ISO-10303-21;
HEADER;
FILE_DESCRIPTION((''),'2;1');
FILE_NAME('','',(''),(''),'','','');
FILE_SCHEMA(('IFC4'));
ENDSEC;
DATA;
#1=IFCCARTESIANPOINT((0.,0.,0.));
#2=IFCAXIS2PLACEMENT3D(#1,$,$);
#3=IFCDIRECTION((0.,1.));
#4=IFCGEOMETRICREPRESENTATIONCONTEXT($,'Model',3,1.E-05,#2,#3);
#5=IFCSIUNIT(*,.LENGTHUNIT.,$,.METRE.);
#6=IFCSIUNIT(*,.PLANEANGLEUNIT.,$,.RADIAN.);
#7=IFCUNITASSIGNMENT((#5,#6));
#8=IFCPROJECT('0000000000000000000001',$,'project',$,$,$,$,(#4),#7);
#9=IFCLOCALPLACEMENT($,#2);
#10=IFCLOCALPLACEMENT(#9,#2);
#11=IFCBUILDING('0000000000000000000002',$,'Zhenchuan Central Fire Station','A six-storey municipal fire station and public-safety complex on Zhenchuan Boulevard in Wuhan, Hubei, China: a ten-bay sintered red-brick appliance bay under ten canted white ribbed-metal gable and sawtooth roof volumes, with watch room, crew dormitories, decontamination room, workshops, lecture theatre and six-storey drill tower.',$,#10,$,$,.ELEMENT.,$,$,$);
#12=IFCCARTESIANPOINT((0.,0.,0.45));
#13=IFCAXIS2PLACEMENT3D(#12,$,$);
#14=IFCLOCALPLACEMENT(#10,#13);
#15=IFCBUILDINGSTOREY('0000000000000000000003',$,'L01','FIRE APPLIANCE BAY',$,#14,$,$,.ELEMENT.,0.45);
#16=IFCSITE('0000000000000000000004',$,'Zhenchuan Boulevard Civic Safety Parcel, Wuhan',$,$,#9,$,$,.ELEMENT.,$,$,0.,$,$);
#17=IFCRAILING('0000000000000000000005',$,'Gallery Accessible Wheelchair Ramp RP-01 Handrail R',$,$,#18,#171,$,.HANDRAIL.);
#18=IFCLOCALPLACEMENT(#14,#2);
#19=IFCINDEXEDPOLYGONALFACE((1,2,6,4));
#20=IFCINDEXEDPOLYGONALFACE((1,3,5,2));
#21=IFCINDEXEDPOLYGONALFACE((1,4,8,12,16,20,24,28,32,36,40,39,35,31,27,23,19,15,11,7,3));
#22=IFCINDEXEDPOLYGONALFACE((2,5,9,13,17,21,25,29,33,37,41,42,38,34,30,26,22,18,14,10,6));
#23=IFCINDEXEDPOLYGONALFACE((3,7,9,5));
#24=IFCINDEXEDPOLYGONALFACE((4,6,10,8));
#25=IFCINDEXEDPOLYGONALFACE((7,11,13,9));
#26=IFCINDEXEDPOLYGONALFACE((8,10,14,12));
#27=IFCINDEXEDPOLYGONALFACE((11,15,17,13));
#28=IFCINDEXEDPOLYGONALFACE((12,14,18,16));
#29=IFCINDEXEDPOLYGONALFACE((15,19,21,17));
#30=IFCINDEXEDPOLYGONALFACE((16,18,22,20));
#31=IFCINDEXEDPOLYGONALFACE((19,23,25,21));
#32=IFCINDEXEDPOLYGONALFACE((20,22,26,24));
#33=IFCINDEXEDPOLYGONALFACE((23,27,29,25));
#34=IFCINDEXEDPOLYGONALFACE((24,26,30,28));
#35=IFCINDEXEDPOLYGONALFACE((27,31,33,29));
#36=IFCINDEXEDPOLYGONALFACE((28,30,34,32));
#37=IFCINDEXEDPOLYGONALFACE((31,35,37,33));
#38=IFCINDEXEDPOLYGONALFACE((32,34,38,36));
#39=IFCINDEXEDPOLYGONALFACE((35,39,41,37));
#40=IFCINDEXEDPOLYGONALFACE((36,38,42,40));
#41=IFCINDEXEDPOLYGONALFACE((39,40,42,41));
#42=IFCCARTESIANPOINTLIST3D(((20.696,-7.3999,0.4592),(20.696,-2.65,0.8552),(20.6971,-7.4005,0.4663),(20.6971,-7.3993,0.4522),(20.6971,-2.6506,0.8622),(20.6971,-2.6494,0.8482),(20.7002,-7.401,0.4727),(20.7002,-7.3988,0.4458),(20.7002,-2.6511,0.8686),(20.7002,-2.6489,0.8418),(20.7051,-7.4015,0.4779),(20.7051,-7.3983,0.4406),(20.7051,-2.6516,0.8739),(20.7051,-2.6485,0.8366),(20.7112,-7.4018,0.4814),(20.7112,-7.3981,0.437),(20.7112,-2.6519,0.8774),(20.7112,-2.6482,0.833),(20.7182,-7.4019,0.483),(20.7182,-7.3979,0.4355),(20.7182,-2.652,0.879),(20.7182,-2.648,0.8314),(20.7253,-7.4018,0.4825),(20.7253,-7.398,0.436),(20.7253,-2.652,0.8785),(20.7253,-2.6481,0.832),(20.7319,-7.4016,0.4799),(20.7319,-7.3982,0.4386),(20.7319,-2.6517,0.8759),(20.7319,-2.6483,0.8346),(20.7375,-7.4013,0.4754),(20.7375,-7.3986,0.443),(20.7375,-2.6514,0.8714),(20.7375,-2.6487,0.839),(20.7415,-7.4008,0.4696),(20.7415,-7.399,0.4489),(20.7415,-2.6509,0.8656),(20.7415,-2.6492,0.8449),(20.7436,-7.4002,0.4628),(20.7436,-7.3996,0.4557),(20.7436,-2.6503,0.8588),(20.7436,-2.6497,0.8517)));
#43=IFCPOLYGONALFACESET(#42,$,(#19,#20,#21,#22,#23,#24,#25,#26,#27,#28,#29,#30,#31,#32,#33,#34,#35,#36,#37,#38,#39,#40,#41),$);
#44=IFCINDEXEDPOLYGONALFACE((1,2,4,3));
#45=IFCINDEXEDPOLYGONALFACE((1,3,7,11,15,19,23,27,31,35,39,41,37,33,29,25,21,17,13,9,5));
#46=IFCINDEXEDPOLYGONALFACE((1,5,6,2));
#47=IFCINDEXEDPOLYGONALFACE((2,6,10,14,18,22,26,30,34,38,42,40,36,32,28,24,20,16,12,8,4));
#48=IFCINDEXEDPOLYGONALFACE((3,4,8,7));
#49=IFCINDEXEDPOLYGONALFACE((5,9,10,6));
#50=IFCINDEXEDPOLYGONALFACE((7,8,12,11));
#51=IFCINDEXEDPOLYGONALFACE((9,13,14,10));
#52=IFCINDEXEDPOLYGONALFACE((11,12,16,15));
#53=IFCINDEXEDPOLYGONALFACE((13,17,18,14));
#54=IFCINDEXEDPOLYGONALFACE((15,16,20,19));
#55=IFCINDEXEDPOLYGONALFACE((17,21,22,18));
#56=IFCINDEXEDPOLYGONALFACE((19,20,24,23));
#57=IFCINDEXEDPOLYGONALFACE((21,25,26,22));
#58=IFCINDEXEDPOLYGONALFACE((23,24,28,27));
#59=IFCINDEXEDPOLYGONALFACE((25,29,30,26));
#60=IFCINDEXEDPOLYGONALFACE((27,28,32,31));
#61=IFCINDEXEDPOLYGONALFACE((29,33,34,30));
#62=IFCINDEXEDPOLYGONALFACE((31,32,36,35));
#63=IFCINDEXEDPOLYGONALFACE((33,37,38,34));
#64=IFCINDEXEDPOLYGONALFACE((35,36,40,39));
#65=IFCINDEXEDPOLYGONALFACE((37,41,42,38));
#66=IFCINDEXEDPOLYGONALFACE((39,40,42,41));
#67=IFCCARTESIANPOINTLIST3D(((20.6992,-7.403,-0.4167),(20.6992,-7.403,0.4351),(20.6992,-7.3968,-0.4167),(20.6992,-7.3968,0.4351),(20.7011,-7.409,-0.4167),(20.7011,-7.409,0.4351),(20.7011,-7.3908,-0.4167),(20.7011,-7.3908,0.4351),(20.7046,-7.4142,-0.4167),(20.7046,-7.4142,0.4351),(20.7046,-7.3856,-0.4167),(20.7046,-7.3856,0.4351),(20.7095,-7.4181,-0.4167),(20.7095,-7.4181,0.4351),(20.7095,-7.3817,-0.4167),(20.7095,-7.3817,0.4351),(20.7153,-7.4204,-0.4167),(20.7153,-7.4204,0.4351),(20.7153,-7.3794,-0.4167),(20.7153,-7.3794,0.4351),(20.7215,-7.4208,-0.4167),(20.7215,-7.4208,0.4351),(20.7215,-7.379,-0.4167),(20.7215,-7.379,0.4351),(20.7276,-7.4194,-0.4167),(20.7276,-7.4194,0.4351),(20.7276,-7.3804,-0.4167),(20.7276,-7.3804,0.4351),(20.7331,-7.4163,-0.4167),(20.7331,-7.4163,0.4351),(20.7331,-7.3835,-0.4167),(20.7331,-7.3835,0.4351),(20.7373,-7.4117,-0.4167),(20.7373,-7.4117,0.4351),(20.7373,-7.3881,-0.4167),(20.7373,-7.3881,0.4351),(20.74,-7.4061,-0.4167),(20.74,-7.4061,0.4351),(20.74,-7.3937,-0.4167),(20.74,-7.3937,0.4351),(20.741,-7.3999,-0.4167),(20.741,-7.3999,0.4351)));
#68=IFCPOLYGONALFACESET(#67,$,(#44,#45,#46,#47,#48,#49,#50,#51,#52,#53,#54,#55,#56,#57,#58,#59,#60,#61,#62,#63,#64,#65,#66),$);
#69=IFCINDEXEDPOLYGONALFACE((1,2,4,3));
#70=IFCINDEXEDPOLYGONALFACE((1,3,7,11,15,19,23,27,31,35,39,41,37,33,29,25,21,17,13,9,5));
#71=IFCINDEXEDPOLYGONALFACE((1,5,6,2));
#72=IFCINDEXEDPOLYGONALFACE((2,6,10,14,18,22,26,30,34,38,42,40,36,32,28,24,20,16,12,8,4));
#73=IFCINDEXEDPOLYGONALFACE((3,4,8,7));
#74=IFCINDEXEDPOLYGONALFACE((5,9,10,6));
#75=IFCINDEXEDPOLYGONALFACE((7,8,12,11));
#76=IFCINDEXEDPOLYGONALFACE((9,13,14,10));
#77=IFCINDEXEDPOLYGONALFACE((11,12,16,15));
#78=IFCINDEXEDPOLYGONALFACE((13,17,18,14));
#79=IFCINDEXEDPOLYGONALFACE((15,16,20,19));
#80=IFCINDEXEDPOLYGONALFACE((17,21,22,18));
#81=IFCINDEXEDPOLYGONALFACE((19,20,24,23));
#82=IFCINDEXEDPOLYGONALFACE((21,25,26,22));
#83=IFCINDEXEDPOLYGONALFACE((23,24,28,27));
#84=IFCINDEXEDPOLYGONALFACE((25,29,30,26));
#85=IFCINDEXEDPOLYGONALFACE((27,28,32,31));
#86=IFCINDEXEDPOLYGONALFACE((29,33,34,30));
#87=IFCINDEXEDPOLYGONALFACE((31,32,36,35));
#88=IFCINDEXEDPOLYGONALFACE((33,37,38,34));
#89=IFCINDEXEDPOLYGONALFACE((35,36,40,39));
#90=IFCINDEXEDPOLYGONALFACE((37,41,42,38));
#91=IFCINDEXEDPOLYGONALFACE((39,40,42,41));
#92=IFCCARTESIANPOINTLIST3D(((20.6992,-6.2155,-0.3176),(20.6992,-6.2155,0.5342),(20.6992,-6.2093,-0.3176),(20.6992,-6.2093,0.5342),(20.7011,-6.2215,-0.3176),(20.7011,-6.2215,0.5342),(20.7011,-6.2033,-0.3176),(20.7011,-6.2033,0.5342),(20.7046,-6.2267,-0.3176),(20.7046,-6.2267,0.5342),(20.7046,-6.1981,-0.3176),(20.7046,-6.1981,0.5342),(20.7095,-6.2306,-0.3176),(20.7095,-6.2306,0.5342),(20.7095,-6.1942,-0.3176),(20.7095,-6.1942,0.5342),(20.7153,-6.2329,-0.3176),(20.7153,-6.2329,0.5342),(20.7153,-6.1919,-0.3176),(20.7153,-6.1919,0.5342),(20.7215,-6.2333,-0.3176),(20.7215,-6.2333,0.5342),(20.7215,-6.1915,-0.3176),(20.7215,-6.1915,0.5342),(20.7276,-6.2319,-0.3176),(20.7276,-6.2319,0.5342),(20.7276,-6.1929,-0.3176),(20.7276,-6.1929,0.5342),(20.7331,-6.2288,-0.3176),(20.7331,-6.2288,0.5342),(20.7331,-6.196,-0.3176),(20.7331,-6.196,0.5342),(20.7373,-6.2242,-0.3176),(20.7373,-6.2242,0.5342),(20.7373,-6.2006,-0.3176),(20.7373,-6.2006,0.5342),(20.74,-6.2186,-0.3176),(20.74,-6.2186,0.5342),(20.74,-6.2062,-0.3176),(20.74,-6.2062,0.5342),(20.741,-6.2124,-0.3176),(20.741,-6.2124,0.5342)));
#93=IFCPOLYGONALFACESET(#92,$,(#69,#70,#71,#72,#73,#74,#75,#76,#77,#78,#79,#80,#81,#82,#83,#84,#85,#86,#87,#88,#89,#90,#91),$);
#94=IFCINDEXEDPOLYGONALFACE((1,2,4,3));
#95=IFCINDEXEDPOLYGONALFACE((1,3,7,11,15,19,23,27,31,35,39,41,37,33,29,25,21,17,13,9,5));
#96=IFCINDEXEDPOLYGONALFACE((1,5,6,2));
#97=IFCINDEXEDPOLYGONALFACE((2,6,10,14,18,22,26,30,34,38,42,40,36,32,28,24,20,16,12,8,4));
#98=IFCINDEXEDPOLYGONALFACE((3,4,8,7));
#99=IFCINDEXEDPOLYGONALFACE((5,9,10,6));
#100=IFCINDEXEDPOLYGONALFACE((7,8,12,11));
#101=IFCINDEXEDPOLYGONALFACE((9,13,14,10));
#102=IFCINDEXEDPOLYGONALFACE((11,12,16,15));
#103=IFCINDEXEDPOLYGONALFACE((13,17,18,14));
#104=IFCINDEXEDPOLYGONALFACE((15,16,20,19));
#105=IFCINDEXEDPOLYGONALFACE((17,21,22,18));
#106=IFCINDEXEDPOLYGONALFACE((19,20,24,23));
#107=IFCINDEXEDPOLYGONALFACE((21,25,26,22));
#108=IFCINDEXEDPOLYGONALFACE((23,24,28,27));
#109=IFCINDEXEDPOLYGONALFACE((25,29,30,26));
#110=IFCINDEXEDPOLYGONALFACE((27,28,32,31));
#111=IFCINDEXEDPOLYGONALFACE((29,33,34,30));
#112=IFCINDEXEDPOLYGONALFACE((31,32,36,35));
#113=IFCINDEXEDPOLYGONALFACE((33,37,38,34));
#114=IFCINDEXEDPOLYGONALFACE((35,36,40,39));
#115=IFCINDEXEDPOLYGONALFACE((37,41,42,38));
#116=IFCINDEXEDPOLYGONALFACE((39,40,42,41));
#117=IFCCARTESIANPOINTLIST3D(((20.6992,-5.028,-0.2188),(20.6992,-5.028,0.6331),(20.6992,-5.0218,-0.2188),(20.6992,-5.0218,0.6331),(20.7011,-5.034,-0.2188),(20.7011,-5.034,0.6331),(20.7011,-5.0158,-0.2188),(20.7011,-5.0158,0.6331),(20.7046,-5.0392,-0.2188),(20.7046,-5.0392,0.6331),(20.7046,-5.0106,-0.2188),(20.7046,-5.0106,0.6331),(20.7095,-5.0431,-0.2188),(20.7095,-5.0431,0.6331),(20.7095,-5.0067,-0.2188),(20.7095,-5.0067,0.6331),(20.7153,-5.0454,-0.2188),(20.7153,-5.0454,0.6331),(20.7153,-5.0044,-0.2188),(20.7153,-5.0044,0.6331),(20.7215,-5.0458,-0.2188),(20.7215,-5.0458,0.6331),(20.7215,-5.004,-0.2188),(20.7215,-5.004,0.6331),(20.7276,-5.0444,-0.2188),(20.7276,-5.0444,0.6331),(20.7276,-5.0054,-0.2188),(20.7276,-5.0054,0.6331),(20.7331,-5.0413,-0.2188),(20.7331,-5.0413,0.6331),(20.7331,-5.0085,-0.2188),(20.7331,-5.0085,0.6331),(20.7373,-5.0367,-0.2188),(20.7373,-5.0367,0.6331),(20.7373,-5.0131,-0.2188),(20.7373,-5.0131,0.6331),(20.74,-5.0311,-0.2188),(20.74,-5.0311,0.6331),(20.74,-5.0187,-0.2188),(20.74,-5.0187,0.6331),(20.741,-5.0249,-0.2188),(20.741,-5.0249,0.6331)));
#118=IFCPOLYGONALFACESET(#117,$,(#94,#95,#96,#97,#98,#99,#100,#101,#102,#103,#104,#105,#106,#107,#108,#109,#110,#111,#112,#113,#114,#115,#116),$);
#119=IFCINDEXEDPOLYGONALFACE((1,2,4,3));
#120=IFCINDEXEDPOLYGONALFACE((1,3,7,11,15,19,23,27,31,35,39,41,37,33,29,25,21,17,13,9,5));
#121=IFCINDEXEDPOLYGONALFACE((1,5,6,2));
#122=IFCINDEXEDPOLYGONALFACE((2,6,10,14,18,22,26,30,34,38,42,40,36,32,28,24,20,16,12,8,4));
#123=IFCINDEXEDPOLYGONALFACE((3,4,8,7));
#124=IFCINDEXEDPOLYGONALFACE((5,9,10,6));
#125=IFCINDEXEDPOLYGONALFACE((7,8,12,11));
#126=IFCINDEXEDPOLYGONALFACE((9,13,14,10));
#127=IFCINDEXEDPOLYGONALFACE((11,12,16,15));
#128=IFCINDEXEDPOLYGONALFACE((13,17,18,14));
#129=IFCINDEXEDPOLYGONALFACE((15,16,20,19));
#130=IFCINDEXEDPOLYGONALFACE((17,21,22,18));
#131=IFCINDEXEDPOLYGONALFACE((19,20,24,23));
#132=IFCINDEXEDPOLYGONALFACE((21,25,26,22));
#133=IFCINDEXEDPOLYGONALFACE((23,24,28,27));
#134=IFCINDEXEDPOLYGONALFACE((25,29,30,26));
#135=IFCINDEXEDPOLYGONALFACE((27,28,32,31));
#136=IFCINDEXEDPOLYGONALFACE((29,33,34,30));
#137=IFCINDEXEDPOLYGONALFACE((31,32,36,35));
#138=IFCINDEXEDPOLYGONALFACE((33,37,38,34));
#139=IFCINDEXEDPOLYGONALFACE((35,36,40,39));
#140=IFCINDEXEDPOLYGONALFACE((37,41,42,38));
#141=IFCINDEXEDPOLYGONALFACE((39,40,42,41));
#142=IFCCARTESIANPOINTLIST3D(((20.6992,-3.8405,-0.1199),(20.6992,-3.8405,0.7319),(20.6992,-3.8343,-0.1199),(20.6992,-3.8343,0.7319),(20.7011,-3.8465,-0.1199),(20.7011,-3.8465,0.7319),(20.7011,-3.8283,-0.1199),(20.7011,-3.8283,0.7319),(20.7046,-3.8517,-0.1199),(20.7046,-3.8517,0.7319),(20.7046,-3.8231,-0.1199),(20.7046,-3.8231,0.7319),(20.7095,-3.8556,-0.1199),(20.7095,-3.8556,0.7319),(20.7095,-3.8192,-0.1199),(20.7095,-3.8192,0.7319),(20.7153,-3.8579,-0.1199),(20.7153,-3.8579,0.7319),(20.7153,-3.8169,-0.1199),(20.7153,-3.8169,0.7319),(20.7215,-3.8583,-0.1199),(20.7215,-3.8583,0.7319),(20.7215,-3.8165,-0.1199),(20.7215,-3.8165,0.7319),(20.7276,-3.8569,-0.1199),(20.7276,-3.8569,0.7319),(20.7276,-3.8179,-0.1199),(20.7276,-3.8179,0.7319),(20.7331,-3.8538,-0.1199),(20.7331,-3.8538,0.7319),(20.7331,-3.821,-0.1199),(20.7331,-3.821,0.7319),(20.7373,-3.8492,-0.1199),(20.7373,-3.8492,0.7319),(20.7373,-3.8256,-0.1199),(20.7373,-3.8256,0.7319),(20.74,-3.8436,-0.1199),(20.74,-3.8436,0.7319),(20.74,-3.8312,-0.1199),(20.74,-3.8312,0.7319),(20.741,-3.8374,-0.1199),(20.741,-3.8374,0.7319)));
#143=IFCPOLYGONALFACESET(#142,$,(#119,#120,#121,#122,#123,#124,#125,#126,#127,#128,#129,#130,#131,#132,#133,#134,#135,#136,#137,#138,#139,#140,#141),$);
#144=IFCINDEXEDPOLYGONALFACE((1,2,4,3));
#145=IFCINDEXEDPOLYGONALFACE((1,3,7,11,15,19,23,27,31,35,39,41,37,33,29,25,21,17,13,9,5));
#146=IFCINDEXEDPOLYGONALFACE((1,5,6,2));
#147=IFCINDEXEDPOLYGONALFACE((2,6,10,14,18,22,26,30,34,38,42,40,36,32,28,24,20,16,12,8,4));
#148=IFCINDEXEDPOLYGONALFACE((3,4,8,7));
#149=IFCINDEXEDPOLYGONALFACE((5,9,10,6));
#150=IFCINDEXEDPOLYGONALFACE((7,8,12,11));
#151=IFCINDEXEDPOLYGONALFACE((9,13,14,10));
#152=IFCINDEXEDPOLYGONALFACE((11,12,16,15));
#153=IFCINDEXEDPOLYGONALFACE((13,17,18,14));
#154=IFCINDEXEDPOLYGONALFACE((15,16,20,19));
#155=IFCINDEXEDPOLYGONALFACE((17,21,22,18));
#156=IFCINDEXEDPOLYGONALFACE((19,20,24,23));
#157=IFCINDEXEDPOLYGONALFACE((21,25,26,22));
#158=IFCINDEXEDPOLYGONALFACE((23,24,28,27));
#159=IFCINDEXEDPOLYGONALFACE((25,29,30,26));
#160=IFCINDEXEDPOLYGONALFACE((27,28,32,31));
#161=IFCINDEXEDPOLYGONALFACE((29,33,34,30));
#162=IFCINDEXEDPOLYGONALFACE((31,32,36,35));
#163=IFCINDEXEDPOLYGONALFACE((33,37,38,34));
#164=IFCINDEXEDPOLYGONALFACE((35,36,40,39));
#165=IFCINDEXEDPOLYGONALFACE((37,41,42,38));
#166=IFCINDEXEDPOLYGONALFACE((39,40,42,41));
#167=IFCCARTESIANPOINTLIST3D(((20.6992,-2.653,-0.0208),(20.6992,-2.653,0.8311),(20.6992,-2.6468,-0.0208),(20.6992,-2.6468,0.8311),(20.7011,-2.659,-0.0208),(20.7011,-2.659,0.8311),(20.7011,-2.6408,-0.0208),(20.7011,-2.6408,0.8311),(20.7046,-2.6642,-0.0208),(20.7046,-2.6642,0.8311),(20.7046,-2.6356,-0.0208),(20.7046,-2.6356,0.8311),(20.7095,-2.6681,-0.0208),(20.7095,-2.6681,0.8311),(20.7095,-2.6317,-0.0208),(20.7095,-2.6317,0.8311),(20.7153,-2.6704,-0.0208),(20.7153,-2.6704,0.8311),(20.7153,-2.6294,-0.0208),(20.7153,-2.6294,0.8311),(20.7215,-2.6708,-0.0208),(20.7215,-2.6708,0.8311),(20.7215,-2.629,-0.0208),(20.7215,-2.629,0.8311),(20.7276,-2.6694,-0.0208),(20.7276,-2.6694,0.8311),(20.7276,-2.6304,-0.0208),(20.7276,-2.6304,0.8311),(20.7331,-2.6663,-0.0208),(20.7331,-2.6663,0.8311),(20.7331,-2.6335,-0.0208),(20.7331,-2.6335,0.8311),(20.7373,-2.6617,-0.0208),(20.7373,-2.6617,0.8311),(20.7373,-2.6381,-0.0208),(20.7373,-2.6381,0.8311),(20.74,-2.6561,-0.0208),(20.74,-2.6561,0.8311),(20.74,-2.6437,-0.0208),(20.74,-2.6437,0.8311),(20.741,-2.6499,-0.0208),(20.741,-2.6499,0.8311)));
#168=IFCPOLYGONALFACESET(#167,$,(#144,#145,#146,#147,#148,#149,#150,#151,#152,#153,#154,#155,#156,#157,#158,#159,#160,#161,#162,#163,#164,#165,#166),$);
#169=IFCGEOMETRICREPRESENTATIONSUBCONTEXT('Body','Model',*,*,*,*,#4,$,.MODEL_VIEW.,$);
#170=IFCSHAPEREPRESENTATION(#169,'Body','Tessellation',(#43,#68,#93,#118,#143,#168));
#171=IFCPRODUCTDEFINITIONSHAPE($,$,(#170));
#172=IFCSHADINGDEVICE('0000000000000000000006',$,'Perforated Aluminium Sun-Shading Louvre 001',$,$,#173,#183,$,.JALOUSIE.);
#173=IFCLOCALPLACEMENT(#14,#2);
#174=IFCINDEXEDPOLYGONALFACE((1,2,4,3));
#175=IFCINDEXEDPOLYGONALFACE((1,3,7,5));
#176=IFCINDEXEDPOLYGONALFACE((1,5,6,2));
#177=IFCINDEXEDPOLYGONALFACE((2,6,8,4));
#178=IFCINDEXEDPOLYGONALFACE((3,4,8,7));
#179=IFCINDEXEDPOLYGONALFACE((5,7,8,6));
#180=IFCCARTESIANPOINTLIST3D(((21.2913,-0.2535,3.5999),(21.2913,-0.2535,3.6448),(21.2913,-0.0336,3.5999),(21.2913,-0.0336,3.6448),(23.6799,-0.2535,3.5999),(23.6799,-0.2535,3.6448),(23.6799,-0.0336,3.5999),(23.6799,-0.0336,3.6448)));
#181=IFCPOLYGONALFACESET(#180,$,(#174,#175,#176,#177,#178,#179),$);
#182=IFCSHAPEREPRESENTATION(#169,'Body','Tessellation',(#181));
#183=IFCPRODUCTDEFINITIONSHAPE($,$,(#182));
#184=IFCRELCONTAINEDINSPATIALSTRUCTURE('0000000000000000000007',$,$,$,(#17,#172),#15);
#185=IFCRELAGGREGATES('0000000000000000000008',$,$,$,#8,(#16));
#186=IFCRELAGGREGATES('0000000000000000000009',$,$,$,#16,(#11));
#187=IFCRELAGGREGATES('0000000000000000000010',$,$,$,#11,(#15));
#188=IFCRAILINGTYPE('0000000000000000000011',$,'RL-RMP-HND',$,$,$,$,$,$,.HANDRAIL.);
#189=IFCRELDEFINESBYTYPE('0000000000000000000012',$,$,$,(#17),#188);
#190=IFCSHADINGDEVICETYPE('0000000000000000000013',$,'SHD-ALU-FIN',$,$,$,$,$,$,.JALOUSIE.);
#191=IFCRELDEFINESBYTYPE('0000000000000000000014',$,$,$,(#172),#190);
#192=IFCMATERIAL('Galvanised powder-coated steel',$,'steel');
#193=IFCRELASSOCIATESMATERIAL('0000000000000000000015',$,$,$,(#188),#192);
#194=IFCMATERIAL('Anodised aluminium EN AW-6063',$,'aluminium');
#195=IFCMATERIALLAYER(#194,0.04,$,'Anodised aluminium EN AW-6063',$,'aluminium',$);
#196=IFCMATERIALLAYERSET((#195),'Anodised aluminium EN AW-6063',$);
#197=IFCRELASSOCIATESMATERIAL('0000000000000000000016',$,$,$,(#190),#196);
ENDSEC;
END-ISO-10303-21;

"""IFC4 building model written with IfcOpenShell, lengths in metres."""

from ifc_helpers import new_model, si_unit, direction, frame, origin, origin_2d, place, context, subcontext, project, spatial, rectangle, circle, extrude, material, layer, layer_set, type_object, element, save


model = new_model("IFC4")

# Units and contexts
model_context = context("Model", 3, precision=1e-05, world=origin(), true_north=direction((0.0, 1.0)))
body_context = subcontext(model_context, "Body", "Model", "MODEL_VIEW")
ifc_project = project(units=[si_unit("LENGTHUNIT", "METRE"), si_unit("PLANEANGLEUNIT", "RADIAN")], contexts=[model_context])

# Site, building, storey
site_placement = place(None, origin())
site = spatial("IfcSite", under=ifc_project, at=site_placement, Name="Zhenchuan Boulevard Civic Safety Parcel, Wuhan", CompositionType="ELEMENT", RefElevation=0.0)
building_placement = place(site_placement, origin())
building = spatial("IfcBuilding", under=site, at=building_placement, Name="Zhenchuan Central Fire Station", Description="A six-storey municipal fire station and public-safety complex on Zhenchuan Boulevard in Wuhan, Hubei, China: a ten-bay sintered red-brick appliance bay under ten canted white ribbed-metal gable and sawtooth roof volumes, with watch room, crew dormitories, decontamination room, workshops, lecture theatre and six-storey drill tower.", CompositionType="ELEMENT")
storey_placement = place(building_placement, frame((0.0, 0.0, 0.45)))
storey = spatial("IfcBuildingStorey", under=building, at=storey_placement, Name="L01", Description="FIRE APPLIANCE BAY", CompositionType="ELEMENT", Elevation=0.45)

# Shared definitions
ifc_material_1 = material(Name="Anodised aluminium EN AW-6063", Category="aluminium")

# Railing
ifc_material_2 = material(Name="Galvanised powder-coated steel", Category="steel")
railing_type = type_object("IfcRailingType", Name="RL-RMP-HND", PredefinedType="HANDRAIL", material=ifc_material_2)
for number, where, name in (
    (1, (20.72, -7.3999, -0.4167), "Gallery Accessible Wheelchair Ramp RP-01 Handrail R"),
):
    element("IfcRailing", number, at=place(storey_placement, frame(where)), inside=storey, type_object=railing_type, Name=name, PredefinedType="HANDRAIL", context=body_context, shape_type="SweptSolid", body=[
        extrude(circle(Radius=0.0239, at=origin_2d()), frame((0.0, 0.0, 0.876), z_axis=(0.0, 0.996543, 0.083079), x_axis=(-1.0, 0.0, 0.0)), (0.0, 0.0, 1.0), 4.7664),
        extrude(circle(Radius=0.021, at=origin_2d()), origin(), (0.0, 0.0, 1.0), 0.8518),
        extrude(circle(Radius=0.021, at=origin_2d()), frame((0.0, 1.1875, 0.0991)), (0.0, 0.0, 1.0), 0.8518),
        extrude(circle(Radius=0.021, at=origin_2d()), frame((0.0, 2.375, 0.198)), (0.0, 0.0, 1.0), 0.8518),
        extrude(circle(Radius=0.021, at=origin_2d()), frame((0.0, 3.5625, 0.2969)), (0.0, 0.0, 1.0), 0.8518),
        extrude(circle(Radius=0.021, at=origin_2d()), frame((0.0, 4.75, 0.396)), (0.0, 0.0, 1.0), 0.8518),
    ])

# Shading device
ifc_layer_1 = layer(ifc_material_1, 0.04, Name="Anodised aluminium EN AW-6063", Category="aluminium")
ifc_layer_set_1 = layer_set([ifc_layer_1], Name="Anodised aluminium EN AW-6063")
shading_device_type = type_object("IfcShadingDeviceType", Name="SHD-ALU-FIN", PredefinedType="JALOUSIE", material=ifc_layer_set_1)
shading_device_placement = place(storey_placement, frame((22.4856, -0.1436, 3.5999), z_axis=(0.0, 0.0, 1.0), x_axis=(1.0, 0.0, 0.0)))
element("IfcShadingDevice", 2, at=shading_device_placement, inside=storey, type_object=shading_device_type, Name="Perforated Aluminium Sun-Shading Louvre 001", PredefinedType="JALOUSIE", context=body_context, shape_type="SweptSolid", body=[
    extrude(rectangle(XDim=2.3887, YDim=0.22, at=origin_2d()), origin(), (0.0, 0.0, 1.0), 0.0449),
])

save(model, "model.ifc")
